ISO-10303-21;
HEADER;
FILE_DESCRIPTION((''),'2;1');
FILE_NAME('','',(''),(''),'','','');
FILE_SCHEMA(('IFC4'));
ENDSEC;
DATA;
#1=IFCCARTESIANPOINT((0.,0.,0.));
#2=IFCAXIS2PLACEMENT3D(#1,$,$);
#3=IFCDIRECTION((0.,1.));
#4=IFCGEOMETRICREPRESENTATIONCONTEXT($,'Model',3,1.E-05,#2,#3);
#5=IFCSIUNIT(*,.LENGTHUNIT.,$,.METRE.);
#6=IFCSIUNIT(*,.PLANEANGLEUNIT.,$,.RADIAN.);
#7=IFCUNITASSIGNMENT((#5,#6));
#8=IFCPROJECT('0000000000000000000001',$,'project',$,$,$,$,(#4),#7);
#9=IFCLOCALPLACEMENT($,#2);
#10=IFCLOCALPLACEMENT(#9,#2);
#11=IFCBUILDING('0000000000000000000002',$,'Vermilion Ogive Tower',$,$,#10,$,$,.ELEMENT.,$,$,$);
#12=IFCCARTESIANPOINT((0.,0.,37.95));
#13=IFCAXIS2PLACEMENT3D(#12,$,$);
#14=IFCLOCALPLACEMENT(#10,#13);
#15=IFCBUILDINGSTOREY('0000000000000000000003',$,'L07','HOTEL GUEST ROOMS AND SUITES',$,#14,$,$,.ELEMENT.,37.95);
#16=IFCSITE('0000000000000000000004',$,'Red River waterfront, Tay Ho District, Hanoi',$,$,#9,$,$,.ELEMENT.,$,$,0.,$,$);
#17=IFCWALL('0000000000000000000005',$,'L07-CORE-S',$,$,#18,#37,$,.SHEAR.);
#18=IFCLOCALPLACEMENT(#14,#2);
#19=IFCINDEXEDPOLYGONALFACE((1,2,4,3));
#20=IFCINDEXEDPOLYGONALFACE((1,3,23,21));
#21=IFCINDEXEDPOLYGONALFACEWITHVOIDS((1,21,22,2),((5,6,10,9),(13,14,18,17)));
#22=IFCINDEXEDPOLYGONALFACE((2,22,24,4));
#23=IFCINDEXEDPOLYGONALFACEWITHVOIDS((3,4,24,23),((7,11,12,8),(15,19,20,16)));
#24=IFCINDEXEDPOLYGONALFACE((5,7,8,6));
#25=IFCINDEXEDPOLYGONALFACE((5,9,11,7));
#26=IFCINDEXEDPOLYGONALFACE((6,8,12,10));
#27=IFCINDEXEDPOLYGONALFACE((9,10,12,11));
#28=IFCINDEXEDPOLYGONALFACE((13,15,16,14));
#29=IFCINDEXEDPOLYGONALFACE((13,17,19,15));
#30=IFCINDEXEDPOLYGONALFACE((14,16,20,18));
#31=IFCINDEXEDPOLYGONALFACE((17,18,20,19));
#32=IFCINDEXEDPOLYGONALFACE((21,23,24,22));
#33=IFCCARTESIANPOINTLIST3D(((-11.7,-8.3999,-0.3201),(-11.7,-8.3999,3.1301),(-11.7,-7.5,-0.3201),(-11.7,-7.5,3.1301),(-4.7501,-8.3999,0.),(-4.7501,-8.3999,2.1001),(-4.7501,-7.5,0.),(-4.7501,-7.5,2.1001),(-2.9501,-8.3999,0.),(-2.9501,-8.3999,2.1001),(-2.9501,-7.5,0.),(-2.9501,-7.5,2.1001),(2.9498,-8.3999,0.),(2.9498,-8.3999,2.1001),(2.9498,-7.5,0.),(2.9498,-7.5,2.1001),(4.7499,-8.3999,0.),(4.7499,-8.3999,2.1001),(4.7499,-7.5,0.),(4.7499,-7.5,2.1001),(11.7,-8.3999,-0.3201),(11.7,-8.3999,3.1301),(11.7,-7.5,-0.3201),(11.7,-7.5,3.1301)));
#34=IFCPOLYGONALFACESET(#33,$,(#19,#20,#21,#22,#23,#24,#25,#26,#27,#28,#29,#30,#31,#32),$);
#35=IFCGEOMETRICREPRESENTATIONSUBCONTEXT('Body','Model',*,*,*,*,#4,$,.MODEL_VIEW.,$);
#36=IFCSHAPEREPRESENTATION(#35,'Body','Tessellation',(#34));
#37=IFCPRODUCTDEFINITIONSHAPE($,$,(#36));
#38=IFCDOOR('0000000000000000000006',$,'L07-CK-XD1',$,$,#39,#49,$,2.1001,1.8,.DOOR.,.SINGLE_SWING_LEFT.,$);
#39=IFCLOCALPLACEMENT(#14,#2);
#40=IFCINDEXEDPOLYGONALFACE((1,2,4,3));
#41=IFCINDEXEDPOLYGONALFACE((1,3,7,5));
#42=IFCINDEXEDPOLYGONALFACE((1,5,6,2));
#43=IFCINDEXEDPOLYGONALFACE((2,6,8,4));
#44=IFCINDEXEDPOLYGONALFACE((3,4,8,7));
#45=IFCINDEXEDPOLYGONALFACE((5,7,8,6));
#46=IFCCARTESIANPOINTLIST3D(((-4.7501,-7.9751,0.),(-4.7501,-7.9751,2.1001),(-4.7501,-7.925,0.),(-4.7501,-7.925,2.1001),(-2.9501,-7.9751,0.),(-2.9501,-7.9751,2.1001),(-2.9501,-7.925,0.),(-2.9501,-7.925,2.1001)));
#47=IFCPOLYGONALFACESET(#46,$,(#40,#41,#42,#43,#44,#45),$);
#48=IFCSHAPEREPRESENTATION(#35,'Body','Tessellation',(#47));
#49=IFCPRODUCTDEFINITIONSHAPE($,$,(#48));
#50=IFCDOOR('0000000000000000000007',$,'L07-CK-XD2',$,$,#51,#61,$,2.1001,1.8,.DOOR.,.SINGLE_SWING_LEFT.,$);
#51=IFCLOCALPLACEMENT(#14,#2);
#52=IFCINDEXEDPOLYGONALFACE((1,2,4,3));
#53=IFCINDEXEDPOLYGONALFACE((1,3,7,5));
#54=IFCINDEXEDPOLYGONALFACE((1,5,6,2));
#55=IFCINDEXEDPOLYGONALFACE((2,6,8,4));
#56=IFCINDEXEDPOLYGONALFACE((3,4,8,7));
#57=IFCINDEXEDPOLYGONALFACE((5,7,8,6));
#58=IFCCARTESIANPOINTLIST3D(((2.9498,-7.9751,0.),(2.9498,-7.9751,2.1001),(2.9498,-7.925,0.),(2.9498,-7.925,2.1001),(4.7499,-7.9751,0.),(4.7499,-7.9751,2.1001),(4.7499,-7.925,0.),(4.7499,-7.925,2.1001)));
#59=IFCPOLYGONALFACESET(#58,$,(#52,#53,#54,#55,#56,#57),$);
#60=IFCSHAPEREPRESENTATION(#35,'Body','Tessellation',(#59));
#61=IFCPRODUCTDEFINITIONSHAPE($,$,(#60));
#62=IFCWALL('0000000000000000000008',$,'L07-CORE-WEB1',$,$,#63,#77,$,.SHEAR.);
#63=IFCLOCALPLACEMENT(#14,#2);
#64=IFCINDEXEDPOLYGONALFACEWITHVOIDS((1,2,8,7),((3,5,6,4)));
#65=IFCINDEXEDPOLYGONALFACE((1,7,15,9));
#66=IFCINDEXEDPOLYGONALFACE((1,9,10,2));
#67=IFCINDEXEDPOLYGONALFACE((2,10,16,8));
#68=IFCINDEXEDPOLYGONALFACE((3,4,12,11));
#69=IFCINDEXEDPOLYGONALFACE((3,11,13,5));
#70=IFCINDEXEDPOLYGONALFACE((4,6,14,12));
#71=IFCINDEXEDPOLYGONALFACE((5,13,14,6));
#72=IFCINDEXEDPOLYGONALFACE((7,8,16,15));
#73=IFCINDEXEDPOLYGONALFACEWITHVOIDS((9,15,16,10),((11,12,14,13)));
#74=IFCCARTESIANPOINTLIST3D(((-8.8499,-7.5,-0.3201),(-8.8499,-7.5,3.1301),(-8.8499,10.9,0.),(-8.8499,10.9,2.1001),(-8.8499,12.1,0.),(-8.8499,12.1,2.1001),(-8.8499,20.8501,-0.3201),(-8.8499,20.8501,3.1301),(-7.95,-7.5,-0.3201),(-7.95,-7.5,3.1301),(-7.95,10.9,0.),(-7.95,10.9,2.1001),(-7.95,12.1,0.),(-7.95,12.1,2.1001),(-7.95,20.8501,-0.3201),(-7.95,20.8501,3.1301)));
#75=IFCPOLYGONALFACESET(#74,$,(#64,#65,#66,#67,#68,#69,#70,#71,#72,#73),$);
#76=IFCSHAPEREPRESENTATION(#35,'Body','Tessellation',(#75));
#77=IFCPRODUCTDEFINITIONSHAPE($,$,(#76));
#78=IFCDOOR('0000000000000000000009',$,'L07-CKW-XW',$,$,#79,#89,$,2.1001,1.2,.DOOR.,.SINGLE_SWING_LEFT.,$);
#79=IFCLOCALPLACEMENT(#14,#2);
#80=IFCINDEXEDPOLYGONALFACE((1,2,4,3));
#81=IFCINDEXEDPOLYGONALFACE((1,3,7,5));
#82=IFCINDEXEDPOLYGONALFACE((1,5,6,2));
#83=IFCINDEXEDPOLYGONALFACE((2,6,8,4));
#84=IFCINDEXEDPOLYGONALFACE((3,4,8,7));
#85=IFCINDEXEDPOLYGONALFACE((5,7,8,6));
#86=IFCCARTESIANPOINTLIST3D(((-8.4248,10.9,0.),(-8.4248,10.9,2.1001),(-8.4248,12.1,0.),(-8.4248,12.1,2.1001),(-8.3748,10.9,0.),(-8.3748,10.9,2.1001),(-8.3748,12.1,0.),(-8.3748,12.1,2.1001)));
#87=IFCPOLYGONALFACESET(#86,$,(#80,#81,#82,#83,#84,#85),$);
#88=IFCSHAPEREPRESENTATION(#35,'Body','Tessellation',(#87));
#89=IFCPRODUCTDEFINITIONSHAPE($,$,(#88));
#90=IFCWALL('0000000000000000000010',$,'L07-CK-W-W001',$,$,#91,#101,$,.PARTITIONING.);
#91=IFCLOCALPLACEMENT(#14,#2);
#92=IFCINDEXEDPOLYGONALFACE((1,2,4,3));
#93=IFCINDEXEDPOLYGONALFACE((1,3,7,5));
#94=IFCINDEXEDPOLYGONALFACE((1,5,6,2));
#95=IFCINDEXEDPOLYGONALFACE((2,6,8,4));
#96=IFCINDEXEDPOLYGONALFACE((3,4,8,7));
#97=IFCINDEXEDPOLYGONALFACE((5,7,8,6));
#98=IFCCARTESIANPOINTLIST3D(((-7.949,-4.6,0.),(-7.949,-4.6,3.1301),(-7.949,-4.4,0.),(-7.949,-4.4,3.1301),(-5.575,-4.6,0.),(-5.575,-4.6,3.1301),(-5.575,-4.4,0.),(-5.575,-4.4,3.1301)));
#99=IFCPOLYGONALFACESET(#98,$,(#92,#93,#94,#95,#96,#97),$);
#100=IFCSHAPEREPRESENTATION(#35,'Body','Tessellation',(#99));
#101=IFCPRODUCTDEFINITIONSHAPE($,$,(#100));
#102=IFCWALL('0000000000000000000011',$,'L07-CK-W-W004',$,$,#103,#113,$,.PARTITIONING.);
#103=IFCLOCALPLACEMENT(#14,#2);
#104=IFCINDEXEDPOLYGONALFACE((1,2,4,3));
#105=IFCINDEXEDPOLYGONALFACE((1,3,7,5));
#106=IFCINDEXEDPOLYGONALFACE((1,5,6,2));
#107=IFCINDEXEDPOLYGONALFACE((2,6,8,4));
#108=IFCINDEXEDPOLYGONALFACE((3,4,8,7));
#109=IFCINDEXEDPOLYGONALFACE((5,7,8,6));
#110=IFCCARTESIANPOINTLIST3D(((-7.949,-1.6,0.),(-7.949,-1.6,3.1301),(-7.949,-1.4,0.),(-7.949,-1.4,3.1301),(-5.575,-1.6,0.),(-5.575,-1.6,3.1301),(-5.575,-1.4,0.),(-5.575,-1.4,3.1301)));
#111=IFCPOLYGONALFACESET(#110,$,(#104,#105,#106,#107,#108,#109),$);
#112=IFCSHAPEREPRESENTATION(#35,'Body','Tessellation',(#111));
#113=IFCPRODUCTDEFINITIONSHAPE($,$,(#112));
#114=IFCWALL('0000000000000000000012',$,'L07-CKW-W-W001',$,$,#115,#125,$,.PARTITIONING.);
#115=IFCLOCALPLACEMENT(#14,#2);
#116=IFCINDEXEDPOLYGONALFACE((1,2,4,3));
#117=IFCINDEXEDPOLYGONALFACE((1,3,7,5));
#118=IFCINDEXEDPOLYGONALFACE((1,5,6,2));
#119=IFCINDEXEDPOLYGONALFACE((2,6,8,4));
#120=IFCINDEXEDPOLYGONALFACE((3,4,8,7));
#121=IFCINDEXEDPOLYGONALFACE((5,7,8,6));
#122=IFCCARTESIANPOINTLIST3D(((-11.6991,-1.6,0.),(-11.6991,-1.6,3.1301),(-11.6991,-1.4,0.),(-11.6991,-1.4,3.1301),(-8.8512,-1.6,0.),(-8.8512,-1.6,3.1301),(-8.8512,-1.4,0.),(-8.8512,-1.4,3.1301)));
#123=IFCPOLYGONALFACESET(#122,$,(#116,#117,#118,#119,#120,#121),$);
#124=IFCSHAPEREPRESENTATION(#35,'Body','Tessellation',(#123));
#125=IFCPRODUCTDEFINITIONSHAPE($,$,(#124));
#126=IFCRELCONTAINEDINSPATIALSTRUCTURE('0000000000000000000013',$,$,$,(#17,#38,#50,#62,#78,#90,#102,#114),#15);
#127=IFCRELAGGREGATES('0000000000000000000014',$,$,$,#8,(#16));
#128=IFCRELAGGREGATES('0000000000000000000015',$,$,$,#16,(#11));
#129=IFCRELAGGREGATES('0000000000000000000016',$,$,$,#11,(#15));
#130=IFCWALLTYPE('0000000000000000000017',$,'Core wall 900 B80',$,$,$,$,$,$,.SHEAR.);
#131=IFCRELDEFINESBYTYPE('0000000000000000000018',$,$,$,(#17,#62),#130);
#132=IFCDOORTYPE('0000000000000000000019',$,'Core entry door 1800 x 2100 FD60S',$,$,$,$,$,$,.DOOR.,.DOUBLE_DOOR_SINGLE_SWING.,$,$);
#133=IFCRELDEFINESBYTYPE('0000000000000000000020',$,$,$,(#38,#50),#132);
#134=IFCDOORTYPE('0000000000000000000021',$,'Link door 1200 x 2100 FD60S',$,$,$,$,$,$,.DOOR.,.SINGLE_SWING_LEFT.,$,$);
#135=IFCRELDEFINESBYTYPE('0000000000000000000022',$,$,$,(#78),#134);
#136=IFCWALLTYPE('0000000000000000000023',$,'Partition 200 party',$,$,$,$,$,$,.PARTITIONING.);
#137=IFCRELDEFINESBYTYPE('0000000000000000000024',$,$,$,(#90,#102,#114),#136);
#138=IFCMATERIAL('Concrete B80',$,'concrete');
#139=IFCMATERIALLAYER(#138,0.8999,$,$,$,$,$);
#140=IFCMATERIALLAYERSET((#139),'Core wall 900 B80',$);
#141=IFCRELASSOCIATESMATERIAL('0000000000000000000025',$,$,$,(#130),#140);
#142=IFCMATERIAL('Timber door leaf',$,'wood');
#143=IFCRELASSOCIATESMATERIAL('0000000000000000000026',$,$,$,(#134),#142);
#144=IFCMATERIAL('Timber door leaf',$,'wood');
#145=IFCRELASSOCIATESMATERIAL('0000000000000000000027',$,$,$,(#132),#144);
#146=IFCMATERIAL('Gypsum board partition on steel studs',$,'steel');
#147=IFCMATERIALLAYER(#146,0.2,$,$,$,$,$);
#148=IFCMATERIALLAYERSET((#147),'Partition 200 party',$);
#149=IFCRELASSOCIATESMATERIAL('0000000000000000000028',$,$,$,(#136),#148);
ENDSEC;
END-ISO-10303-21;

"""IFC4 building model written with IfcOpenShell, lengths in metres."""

from ifc_helpers import new_model, si_unit, direction, frame, frame_2d, origin, place, context, subcontext, project, spatial, rectangle, extrude, material, layer, layer_set, type_object, element, fill, save


model = new_model("IFC4")

# Units and contexts
model_context = context("Model", 3, precision=1e-05, world=origin(), true_north=direction((0.0, 1.0)))
body_context = subcontext(model_context, "Body", "Model", "MODEL_VIEW")
ifc_project = project(units=[si_unit("LENGTHUNIT", "METRE"), si_unit("PLANEANGLEUNIT", "RADIAN")], contexts=[model_context])

# Site, building, storey
site_placement = place(None, origin())
site = spatial("IfcSite", under=ifc_project, at=site_placement, Name="Red River waterfront, Tay Ho District, Hanoi", CompositionType="ELEMENT", RefElevation=0.0)
building_placement = place(site_placement, origin())
building = spatial("IfcBuilding", under=site, at=building_placement, Name="Vermilion Ogive Tower", CompositionType="ELEMENT")
storey_placement = place(building_placement, frame((0.0, 0.0, 37.95)))
storey = spatial("IfcBuildingStorey", under=building, at=storey_placement, Name="L07", Description="HOTEL GUEST ROOMS AND SUITES", CompositionType="ELEMENT", Elevation=37.95)

# Wall, openings, doors
ifc_material_1 = material(Name="Concrete B80", Category="concrete")
ifc_layer_1 = layer(ifc_material_1, 0.8999)
ifc_layer_set_1 = layer_set([ifc_layer_1], Name="Core wall 900 B80")
wall_type_1 = type_object("IfcWallType", Name="Core wall 900 B80", PredefinedType="SHEAR", material=ifc_layer_set_1)
ifc_material_2 = material(Name="Timber door leaf", Category="wood")
door_type_1 = type_object("IfcDoorType", Name="Link door 1200 x 2100 FD60S", OperationType="SINGLE_SWING_LEFT", PredefinedType="DOOR", material=ifc_material_2)
wall_1_placement = place(storey_placement, frame((-11.7, -7.95, -0.3201), z_axis=(0.0, 0.0, 1.0), x_axis=(1.0, 0.0, 0.0)))
wall_1 = element("IfcWall", 1, at=wall_1_placement, inside=storey, type_object=wall_type_1, Name="L07-CORE-S", PredefinedType="SHEAR", context=body_context, shape_type="SweptSolid", body=[
    extrude(rectangle(XDim=23.3999, YDim=0.8999, at=frame_2d((11.7, 0.0))), origin(), (0.0, 0.0, 1.0), 3.4502),
])
opening_1_placement = place(wall_1_placement, frame((6.95, 0.0, 0.3201)))
opening_1 = element("IfcOpeningElement", 2, at=opening_1_placement, cuts=wall_1, PredefinedType="OPENING", context=body_context, shape_type="SweptSolid", body=[
    extrude(rectangle(XDim=1.8, YDim=2.1001, at=frame_2d((0.8999, 1.05))), frame((0.0, 0.46, 0.0), z_axis=(0.0, -1.0, 0.0), x_axis=(1.0, 0.0, 0.0)), (0.0, 0.0, 1.0), 0.9199),
])
opening_2_placement = place(wall_1_placement, frame((14.6499, 0.0, 0.3201)))
opening_2 = element("IfcOpeningElement", 3, at=opening_2_placement, cuts=wall_1, PredefinedType="OPENING", context=body_context, shape_type="SweptSolid", body=[
    extrude(rectangle(XDim=1.8, YDim=2.1001, at=frame_2d((0.8999, 1.05))), frame((0.0, 0.46, 0.0), z_axis=(0.0, -1.0, 0.0), x_axis=(1.0, 0.0, 0.0)), (0.0, 0.0, 1.0), 0.9199),
])
ifc_material_3 = material(Name="Timber door leaf", Category="wood")
door_type_2 = type_object("IfcDoorType", Name="Core entry door 1800 x 2100 FD60S", OperationType="DOUBLE_DOOR_SINGLE_SWING", PredefinedType="DOOR", material=ifc_material_3)
door_1_placement = place(opening_1_placement, origin())
door_1 = element("IfcDoor", 4, at=door_1_placement, inside=storey, type_object=door_type_2, Name="L07-CK-XD1", OperationType="SINGLE_SWING_LEFT", OverallHeight=2.1001, OverallWidth=1.8, PredefinedType="DOOR", context=body_context, shape_type="SweptSolid", body=[
    extrude(rectangle(XDim=1.8, YDim=2.1001, at=frame_2d((0.8999, 1.05))), frame((0.0, 0.0249, 0.0), z_axis=(0.0, -1.0, 0.0), x_axis=(1.0, 0.0, 0.0)), (0.0, 0.0, 1.0), 0.05),
])
fill(opening_1, door_1)
door_2_placement = place(opening_2_placement, origin())
door_2 = element("IfcDoor", 5, at=door_2_placement, inside=storey, type_object=door_type_2, Name="L07-CK-XD2", OperationType="SINGLE_SWING_LEFT", OverallHeight=2.1001, OverallWidth=1.8, PredefinedType="DOOR", context=body_context, shape_type="SweptSolid", body=[
    extrude(rectangle(XDim=1.8, YDim=2.1001, at=frame_2d((0.8999, 1.05))), frame((0.0, 0.0249, 0.0), z_axis=(0.0, -1.0, 0.0), x_axis=(1.0, 0.0, 0.0)), (0.0, 0.0, 1.0), 0.05),
])
fill(opening_2, door_2)

# Wall, opening, door
wall_2_placement = place(storey_placement, frame((-8.3999, -7.5, -0.3201), z_axis=(0.0, 0.0, 1.0), x_axis=(0.0, 1.0, 0.0)))
wall_2 = element("IfcWall", 6, at=wall_2_placement, inside=storey, type_object=wall_type_1, Name="L07-CORE-WEB1", PredefinedType="SHEAR", context=body_context, shape_type="SweptSolid", body=[
    extrude(rectangle(XDim=28.3501, YDim=0.8999, at=frame_2d((14.175, 0.0))), origin(), (0.0, 0.0, 1.0), 3.4502),
])
opening_3_placement = place(wall_2_placement, frame((18.3999, 0.0, 0.3201)))
opening_3 = element("IfcOpeningElement", 7, at=opening_3_placement, cuts=wall_2, PredefinedType="OPENING", context=body_context, shape_type="SweptSolid", body=[
    extrude(rectangle(XDim=1.2, YDim=2.1001, at=frame_2d((0.6001, 1.05))), frame((0.0, 0.46, 0.0), z_axis=(0.0, -1.0, 0.0), x_axis=(1.0, 0.0, 0.0)), (0.0, 0.0, 1.0), 0.9199),
])
door_3_placement = place(opening_3_placement, origin())
door_3 = element("IfcDoor", 8, at=door_3_placement, inside=storey, type_object=door_type_1, Name="L07-CKW-XW", OperationType="SINGLE_SWING_LEFT", OverallHeight=2.1001, OverallWidth=1.2, PredefinedType="DOOR", context=body_context, shape_type="SweptSolid", body=[
    extrude(rectangle(XDim=1.2, YDim=2.1001, at=frame_2d((0.6001, 1.05))), frame((0.0, 0.0249, 0.0), z_axis=(0.0, -1.0, 0.0), x_axis=(1.0, 0.0, 0.0)), (0.0, 0.0, 1.0), 0.05),
])
fill(opening_3, door_3)

# Walls
ifc_material_4 = material(Name="Gypsum board partition on steel studs", Category="steel")
ifc_layer_2 = layer(ifc_material_4, 0.2)
ifc_layer_set_2 = layer_set([ifc_layer_2], Name="Partition 200 party")
wall_type_2 = type_object("IfcWallType", Name="Partition 200 party", PredefinedType="PARTITIONING", material=ifc_layer_set_2)
for number, where, z_axis, x_axis, name in (
    (9, (-7.949, -4.5, 0.0), (0.0, 0.0, 1.0), (1.0, 0.0, 0.0), "L07-CK-W-W001"),
    (10, (-7.949, -1.5, 0.0), (0.0, 0.0, 1.0), (1.0, 0.0, 0.0), "L07-CK-W-W004"),
):
    element("IfcWall", number, at=place(storey_placement, frame(where, z_axis=z_axis, x_axis=x_axis)), inside=storey, type_object=wall_type_2, Name=name, PredefinedType="PARTITIONING", context=body_context, shape_type="SweptSolid", body=[
        extrude(rectangle(XDim=2.374, YDim=0.2, at=frame_2d((1.187, 0.0))), origin(), (0.0, 0.0, 1.0), 3.1301),
    ])
wall_3_placement = place(storey_placement, frame((-11.699, -1.5, 0.0), z_axis=(0.0, 0.0, 1.0), x_axis=(1.0, 0.0, 0.0)))
element("IfcWall", 11, at=wall_3_placement, inside=storey, type_object=wall_type_2, Name="L07-CKW-W-W001", PredefinedType="PARTITIONING", context=body_context, shape_type="SweptSolid", body=[
    extrude(rectangle(XDim=2.8479, YDim=0.2, at=frame_2d((1.4238, 0.0))), origin(), (0.0, 0.0, 1.0), 3.1301),
])

save(model, "model.ifc")
